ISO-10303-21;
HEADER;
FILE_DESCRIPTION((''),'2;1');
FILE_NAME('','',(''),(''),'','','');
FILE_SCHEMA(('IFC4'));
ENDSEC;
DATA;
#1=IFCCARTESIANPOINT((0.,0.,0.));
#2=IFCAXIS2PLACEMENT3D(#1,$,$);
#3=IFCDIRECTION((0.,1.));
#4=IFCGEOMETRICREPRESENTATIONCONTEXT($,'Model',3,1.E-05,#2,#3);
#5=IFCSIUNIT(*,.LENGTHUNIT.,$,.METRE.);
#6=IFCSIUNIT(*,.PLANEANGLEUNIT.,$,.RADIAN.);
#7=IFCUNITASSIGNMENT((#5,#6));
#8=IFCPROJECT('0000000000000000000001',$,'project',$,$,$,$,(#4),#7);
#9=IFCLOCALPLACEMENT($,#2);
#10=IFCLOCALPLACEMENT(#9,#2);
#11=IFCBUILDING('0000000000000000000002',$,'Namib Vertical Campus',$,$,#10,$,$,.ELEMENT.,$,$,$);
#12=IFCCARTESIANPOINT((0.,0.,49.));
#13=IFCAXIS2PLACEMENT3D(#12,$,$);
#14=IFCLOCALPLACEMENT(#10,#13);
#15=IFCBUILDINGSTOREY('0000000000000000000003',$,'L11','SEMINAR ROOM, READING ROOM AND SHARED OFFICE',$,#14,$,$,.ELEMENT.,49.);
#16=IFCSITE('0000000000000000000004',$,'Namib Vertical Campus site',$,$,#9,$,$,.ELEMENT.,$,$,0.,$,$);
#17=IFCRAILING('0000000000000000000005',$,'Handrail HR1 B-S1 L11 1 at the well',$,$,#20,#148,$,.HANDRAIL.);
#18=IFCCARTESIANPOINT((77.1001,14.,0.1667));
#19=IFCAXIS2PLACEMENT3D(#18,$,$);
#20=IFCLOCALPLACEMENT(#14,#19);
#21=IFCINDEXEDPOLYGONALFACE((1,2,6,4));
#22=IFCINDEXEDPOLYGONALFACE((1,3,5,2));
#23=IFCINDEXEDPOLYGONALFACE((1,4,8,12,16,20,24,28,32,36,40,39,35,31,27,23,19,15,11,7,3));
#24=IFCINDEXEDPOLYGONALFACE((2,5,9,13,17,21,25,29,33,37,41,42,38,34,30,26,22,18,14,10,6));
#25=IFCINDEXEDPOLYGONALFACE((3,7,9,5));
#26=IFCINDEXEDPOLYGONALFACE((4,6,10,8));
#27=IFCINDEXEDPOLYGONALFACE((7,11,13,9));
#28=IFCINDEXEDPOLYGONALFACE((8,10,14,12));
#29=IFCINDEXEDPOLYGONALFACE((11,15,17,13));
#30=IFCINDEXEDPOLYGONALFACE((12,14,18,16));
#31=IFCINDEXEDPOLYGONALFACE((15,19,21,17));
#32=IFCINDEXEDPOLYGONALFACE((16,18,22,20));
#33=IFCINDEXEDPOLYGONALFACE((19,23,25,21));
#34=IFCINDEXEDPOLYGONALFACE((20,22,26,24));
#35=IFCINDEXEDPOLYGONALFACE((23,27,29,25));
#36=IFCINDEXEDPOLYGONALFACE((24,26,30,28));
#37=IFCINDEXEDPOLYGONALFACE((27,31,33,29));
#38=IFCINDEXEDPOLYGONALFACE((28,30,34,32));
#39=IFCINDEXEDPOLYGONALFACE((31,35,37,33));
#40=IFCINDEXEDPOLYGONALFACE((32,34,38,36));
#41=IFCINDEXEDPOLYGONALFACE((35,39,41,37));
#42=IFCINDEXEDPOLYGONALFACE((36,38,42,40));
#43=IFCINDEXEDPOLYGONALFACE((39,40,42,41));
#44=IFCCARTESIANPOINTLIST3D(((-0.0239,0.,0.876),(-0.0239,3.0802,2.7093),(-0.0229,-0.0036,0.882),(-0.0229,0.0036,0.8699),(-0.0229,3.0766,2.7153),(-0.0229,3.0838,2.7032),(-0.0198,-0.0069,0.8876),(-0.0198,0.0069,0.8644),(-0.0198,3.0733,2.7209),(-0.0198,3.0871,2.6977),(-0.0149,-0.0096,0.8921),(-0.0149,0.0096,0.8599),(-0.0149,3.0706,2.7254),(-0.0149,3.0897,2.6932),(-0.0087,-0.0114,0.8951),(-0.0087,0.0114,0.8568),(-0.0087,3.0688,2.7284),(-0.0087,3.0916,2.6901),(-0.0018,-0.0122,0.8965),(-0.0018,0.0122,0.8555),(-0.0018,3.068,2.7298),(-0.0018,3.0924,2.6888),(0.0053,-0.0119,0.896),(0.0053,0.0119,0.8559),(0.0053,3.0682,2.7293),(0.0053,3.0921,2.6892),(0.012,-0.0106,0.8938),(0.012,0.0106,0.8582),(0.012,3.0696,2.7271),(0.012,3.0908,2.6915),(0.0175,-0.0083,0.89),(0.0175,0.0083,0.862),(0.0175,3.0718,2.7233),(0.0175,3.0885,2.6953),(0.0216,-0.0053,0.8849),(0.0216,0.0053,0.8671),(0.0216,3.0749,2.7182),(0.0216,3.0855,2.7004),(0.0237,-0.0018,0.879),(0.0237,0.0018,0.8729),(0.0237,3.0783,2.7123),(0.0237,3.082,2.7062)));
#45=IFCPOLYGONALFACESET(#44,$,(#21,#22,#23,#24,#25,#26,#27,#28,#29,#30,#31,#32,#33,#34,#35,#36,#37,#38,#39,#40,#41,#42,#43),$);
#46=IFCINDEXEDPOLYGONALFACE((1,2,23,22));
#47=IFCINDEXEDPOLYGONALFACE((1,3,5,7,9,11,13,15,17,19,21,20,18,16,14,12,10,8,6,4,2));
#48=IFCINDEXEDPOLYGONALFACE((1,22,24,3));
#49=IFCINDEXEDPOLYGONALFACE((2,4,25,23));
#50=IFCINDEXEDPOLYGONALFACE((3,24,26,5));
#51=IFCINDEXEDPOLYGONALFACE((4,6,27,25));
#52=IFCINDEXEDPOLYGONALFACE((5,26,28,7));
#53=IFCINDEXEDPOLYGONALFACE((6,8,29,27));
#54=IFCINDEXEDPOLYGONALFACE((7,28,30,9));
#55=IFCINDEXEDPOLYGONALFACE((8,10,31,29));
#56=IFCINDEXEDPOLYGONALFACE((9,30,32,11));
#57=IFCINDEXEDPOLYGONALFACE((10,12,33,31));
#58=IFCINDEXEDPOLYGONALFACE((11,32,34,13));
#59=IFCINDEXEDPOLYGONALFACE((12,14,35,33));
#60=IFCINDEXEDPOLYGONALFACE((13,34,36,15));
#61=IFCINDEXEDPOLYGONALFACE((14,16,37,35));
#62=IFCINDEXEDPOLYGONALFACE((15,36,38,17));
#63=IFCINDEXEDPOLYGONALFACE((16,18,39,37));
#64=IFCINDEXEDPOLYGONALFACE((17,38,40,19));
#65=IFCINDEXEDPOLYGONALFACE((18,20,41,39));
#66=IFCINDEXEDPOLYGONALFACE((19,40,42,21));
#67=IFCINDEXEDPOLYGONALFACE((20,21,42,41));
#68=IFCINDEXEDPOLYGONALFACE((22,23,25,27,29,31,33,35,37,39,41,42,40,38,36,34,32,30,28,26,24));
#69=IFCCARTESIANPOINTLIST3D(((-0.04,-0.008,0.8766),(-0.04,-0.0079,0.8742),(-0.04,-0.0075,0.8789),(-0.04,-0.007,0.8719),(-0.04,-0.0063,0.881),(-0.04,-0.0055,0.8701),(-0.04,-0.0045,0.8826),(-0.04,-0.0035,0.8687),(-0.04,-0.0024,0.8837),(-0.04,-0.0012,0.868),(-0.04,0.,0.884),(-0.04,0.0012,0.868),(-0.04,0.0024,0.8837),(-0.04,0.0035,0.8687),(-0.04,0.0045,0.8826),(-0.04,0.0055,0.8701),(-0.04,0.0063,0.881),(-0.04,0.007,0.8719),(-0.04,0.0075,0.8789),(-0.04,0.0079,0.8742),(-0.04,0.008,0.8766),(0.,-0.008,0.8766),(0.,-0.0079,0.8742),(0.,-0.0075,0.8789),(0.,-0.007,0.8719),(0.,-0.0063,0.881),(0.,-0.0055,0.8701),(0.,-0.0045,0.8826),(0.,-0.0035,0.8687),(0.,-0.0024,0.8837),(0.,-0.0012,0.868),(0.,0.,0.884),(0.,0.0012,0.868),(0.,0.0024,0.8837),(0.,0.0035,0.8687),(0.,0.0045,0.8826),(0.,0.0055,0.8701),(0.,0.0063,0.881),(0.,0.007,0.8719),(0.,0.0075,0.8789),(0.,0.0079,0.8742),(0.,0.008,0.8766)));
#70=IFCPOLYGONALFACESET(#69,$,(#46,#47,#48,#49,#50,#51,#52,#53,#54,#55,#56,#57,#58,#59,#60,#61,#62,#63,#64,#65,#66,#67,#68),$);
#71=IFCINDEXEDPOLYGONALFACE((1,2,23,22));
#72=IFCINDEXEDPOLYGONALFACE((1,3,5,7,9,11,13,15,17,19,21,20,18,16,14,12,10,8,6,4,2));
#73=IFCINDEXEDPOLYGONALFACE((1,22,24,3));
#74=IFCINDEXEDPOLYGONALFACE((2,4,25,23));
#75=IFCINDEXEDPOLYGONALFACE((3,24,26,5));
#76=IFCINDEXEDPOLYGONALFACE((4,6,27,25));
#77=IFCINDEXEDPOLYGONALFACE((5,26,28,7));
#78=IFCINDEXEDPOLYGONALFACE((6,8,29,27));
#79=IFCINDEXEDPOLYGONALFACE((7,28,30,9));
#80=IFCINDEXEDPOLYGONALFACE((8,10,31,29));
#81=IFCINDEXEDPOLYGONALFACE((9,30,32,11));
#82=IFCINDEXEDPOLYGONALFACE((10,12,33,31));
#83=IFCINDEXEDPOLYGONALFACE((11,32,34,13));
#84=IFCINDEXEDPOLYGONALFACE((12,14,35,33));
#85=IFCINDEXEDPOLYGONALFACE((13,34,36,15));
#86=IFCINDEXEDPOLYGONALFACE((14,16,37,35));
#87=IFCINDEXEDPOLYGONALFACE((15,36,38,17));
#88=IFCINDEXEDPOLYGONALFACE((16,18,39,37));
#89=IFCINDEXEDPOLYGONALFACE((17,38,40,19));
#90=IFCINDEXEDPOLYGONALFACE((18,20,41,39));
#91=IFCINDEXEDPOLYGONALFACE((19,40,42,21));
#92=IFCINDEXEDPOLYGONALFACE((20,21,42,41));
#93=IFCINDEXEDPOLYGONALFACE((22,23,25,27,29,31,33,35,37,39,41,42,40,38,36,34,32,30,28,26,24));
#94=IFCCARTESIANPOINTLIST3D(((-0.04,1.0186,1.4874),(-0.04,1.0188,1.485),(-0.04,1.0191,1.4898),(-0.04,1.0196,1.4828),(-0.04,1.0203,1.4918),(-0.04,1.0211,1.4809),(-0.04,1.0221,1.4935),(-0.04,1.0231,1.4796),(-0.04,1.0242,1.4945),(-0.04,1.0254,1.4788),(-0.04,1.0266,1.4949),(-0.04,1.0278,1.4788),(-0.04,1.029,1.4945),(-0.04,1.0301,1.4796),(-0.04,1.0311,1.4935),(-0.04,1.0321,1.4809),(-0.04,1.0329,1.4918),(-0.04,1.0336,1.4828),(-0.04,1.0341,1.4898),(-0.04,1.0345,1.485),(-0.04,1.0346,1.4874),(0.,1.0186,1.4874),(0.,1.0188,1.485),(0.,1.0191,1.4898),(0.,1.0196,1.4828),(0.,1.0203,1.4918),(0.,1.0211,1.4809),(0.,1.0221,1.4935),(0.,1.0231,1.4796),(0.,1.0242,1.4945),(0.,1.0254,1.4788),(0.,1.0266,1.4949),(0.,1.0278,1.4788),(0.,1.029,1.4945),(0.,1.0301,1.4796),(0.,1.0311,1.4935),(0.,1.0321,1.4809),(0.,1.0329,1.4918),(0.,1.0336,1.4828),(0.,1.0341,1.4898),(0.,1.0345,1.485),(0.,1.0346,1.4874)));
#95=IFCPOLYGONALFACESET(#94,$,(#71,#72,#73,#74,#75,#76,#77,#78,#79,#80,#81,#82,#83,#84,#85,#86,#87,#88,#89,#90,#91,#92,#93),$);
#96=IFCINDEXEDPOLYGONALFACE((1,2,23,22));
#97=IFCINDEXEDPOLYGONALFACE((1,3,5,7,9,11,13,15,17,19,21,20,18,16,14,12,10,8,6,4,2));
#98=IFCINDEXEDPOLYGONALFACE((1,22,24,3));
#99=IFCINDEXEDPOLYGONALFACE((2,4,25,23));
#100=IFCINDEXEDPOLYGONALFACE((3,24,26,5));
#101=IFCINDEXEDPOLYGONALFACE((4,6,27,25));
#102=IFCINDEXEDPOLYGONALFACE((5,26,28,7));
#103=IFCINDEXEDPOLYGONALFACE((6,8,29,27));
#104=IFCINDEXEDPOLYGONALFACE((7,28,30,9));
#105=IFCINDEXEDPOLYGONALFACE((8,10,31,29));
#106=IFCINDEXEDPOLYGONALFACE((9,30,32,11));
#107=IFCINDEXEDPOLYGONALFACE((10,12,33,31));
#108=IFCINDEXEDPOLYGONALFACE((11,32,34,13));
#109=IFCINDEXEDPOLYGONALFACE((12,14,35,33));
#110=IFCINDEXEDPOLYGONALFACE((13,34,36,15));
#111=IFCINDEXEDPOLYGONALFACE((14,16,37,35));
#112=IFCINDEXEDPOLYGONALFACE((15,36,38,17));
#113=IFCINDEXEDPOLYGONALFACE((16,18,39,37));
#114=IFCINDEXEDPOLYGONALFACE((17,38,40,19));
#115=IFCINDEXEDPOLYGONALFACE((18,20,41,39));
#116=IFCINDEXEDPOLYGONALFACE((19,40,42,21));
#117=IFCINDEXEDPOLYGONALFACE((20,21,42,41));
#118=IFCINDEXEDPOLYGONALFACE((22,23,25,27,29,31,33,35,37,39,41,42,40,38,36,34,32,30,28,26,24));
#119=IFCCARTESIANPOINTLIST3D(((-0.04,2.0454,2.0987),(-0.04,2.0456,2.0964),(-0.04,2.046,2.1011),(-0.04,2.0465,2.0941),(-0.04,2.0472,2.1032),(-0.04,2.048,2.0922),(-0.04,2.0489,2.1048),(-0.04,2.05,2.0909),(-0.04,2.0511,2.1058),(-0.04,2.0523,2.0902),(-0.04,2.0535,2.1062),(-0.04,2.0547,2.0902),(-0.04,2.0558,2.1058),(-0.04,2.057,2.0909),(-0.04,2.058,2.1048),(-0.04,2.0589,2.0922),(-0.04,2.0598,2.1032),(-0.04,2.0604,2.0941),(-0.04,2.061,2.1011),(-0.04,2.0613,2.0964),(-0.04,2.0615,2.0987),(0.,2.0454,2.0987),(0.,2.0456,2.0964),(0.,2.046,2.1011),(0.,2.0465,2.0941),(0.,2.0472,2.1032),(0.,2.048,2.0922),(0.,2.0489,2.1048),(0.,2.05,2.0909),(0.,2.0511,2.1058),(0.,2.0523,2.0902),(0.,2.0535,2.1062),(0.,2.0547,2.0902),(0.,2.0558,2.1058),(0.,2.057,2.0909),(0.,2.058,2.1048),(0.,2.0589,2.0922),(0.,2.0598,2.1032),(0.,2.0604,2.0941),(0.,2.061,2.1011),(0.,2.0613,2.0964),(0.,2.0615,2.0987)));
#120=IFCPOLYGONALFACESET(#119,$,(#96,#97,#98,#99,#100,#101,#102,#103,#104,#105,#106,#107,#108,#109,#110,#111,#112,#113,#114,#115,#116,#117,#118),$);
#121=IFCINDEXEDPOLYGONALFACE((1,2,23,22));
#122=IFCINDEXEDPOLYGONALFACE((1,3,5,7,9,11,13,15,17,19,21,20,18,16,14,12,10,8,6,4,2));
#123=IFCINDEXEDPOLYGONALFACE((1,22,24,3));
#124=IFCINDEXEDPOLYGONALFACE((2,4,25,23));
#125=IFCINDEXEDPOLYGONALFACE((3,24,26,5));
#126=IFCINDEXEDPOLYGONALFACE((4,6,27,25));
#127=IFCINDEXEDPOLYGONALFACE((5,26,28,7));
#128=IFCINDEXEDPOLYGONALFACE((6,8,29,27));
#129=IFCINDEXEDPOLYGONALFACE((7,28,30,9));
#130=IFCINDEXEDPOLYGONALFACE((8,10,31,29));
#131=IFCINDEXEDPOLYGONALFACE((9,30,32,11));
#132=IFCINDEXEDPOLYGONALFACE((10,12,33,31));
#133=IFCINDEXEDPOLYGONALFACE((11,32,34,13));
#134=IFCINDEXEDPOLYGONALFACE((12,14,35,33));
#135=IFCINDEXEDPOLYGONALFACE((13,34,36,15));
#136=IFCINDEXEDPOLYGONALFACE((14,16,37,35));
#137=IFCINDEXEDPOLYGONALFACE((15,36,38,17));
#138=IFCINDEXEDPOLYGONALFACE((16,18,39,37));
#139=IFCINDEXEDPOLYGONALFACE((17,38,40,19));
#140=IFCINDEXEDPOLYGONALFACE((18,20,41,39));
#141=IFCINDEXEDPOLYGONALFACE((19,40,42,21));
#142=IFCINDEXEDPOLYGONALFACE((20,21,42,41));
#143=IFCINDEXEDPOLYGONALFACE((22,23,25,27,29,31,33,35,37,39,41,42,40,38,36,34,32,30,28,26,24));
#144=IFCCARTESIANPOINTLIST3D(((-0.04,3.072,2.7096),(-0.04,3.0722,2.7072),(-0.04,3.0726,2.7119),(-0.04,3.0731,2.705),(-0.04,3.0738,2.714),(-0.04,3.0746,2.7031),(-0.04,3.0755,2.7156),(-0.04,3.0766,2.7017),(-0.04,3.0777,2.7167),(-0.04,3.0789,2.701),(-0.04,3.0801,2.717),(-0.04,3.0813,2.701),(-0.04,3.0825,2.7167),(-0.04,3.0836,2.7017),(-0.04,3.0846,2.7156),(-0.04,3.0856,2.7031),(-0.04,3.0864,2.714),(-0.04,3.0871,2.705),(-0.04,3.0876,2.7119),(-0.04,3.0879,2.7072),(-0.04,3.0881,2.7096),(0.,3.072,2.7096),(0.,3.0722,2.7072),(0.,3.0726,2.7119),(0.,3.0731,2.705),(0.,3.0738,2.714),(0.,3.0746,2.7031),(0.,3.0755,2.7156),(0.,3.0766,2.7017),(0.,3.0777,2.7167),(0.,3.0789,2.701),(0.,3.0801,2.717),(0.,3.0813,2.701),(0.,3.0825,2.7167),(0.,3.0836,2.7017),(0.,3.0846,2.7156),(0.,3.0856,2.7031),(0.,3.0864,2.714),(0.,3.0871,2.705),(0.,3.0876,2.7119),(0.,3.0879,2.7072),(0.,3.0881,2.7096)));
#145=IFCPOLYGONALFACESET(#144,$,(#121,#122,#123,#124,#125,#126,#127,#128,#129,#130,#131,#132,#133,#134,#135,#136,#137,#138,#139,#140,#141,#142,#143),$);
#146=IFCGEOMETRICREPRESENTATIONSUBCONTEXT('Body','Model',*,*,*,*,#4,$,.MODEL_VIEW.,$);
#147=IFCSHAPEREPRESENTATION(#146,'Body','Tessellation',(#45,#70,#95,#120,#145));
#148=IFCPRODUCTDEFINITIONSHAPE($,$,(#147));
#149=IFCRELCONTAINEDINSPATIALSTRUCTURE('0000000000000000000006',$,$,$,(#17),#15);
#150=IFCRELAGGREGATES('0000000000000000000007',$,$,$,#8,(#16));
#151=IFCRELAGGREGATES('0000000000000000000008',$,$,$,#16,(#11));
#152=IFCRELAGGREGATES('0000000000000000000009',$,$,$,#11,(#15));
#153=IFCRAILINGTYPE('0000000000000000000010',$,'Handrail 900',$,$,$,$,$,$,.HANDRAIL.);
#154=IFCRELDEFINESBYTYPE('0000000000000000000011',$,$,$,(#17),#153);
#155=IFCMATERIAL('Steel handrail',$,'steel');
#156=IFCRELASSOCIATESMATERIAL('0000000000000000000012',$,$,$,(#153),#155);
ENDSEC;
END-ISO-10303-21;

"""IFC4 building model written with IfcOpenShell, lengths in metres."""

from ifc_helpers import new_model, si_unit, direction, frame, origin, origin_2d, place, context, subcontext, project, spatial, circle, extrude, material, type_object, element, save


model = new_model("IFC4")

# Units and contexts
model_context = context("Model", 3, precision=1e-05, world=origin(), true_north=direction((0.0, 1.0)))
body_context = subcontext(model_context, "Body", "Model", "MODEL_VIEW")
ifc_project = project(units=[si_unit("LENGTHUNIT", "METRE"), si_unit("PLANEANGLEUNIT", "RADIAN")], contexts=[model_context])

# Site, building, storey
site_placement = place(None, origin())
site = spatial("IfcSite", under=ifc_project, at=site_placement, Name="Namib Vertical Campus site", CompositionType="ELEMENT", RefElevation=0.0)
building_placement = place(site_placement, origin())
building = spatial("IfcBuilding", under=site, at=building_placement, Name="Namib Vertical Campus", CompositionType="ELEMENT")
storey_placement = place(building_placement, frame((0.0, 0.0, 49.0)))
storey = spatial("IfcBuildingStorey", under=building, at=storey_placement, Name="L11", Description="SEMINAR ROOM, READING ROOM AND SHARED OFFICE", CompositionType="ELEMENT", Elevation=49.0)

# Railing
ifc_material_1 = material(Name="Steel handrail", Category="steel")
railing_type_1 = type_object("IfcRailingType", Name="Handrail 900", PredefinedType="HANDRAIL", material=ifc_material_1)
railing_1_placement = place(storey_placement, frame((77.1001, 14.0, 0.1667)))
element("IfcRailing", 1, at=railing_1_placement, inside=storey, type_object=railing_type_1, Name="Handrail HR1 B-S1 L11 1 at the well", PredefinedType="HANDRAIL", context=body_context, shape_type="SweptSolid", body=[
    extrude(circle(Radius=0.0239, at=origin_2d()), frame((0.0, 0.0, 0.876), z_axis=(0.0, 0.859309, 0.511458), x_axis=(-1.0, 0.0, 0.0)), (0.0, 0.0, 1.0), 3.5845),
    extrude(circle(Radius=0.0081, at=origin_2d()), frame((0.0, 0.0, 0.876), z_axis=(-1.0, 0.0, 0.0), x_axis=(0.0, 0.0, 1.0)), (0.0, 0.0, 1.0), 0.04),
    extrude(circle(Radius=0.0081, at=origin_2d()), frame((0.0, 1.0266, 1.4868), z_axis=(-1.0, 0.0, 0.0), x_axis=(0.0, 0.0, 1.0)), (0.0, 0.0, 1.0), 0.04),
    extrude(circle(Radius=0.0081, at=origin_2d()), frame((0.0, 2.0535, 2.0981), z_axis=(-1.0, 0.0, 0.0), x_axis=(0.0, 0.0, 1.0)), (0.0, 0.0, 1.0), 0.04),
    extrude(circle(Radius=0.0081, at=origin_2d()), frame((0.0, 3.0801, 2.709), z_axis=(-1.0, 0.0, 0.0), x_axis=(0.0, 0.0, 1.0)), (0.0, 0.0, 1.0), 0.04),
])

save(model, "model.ifc")
